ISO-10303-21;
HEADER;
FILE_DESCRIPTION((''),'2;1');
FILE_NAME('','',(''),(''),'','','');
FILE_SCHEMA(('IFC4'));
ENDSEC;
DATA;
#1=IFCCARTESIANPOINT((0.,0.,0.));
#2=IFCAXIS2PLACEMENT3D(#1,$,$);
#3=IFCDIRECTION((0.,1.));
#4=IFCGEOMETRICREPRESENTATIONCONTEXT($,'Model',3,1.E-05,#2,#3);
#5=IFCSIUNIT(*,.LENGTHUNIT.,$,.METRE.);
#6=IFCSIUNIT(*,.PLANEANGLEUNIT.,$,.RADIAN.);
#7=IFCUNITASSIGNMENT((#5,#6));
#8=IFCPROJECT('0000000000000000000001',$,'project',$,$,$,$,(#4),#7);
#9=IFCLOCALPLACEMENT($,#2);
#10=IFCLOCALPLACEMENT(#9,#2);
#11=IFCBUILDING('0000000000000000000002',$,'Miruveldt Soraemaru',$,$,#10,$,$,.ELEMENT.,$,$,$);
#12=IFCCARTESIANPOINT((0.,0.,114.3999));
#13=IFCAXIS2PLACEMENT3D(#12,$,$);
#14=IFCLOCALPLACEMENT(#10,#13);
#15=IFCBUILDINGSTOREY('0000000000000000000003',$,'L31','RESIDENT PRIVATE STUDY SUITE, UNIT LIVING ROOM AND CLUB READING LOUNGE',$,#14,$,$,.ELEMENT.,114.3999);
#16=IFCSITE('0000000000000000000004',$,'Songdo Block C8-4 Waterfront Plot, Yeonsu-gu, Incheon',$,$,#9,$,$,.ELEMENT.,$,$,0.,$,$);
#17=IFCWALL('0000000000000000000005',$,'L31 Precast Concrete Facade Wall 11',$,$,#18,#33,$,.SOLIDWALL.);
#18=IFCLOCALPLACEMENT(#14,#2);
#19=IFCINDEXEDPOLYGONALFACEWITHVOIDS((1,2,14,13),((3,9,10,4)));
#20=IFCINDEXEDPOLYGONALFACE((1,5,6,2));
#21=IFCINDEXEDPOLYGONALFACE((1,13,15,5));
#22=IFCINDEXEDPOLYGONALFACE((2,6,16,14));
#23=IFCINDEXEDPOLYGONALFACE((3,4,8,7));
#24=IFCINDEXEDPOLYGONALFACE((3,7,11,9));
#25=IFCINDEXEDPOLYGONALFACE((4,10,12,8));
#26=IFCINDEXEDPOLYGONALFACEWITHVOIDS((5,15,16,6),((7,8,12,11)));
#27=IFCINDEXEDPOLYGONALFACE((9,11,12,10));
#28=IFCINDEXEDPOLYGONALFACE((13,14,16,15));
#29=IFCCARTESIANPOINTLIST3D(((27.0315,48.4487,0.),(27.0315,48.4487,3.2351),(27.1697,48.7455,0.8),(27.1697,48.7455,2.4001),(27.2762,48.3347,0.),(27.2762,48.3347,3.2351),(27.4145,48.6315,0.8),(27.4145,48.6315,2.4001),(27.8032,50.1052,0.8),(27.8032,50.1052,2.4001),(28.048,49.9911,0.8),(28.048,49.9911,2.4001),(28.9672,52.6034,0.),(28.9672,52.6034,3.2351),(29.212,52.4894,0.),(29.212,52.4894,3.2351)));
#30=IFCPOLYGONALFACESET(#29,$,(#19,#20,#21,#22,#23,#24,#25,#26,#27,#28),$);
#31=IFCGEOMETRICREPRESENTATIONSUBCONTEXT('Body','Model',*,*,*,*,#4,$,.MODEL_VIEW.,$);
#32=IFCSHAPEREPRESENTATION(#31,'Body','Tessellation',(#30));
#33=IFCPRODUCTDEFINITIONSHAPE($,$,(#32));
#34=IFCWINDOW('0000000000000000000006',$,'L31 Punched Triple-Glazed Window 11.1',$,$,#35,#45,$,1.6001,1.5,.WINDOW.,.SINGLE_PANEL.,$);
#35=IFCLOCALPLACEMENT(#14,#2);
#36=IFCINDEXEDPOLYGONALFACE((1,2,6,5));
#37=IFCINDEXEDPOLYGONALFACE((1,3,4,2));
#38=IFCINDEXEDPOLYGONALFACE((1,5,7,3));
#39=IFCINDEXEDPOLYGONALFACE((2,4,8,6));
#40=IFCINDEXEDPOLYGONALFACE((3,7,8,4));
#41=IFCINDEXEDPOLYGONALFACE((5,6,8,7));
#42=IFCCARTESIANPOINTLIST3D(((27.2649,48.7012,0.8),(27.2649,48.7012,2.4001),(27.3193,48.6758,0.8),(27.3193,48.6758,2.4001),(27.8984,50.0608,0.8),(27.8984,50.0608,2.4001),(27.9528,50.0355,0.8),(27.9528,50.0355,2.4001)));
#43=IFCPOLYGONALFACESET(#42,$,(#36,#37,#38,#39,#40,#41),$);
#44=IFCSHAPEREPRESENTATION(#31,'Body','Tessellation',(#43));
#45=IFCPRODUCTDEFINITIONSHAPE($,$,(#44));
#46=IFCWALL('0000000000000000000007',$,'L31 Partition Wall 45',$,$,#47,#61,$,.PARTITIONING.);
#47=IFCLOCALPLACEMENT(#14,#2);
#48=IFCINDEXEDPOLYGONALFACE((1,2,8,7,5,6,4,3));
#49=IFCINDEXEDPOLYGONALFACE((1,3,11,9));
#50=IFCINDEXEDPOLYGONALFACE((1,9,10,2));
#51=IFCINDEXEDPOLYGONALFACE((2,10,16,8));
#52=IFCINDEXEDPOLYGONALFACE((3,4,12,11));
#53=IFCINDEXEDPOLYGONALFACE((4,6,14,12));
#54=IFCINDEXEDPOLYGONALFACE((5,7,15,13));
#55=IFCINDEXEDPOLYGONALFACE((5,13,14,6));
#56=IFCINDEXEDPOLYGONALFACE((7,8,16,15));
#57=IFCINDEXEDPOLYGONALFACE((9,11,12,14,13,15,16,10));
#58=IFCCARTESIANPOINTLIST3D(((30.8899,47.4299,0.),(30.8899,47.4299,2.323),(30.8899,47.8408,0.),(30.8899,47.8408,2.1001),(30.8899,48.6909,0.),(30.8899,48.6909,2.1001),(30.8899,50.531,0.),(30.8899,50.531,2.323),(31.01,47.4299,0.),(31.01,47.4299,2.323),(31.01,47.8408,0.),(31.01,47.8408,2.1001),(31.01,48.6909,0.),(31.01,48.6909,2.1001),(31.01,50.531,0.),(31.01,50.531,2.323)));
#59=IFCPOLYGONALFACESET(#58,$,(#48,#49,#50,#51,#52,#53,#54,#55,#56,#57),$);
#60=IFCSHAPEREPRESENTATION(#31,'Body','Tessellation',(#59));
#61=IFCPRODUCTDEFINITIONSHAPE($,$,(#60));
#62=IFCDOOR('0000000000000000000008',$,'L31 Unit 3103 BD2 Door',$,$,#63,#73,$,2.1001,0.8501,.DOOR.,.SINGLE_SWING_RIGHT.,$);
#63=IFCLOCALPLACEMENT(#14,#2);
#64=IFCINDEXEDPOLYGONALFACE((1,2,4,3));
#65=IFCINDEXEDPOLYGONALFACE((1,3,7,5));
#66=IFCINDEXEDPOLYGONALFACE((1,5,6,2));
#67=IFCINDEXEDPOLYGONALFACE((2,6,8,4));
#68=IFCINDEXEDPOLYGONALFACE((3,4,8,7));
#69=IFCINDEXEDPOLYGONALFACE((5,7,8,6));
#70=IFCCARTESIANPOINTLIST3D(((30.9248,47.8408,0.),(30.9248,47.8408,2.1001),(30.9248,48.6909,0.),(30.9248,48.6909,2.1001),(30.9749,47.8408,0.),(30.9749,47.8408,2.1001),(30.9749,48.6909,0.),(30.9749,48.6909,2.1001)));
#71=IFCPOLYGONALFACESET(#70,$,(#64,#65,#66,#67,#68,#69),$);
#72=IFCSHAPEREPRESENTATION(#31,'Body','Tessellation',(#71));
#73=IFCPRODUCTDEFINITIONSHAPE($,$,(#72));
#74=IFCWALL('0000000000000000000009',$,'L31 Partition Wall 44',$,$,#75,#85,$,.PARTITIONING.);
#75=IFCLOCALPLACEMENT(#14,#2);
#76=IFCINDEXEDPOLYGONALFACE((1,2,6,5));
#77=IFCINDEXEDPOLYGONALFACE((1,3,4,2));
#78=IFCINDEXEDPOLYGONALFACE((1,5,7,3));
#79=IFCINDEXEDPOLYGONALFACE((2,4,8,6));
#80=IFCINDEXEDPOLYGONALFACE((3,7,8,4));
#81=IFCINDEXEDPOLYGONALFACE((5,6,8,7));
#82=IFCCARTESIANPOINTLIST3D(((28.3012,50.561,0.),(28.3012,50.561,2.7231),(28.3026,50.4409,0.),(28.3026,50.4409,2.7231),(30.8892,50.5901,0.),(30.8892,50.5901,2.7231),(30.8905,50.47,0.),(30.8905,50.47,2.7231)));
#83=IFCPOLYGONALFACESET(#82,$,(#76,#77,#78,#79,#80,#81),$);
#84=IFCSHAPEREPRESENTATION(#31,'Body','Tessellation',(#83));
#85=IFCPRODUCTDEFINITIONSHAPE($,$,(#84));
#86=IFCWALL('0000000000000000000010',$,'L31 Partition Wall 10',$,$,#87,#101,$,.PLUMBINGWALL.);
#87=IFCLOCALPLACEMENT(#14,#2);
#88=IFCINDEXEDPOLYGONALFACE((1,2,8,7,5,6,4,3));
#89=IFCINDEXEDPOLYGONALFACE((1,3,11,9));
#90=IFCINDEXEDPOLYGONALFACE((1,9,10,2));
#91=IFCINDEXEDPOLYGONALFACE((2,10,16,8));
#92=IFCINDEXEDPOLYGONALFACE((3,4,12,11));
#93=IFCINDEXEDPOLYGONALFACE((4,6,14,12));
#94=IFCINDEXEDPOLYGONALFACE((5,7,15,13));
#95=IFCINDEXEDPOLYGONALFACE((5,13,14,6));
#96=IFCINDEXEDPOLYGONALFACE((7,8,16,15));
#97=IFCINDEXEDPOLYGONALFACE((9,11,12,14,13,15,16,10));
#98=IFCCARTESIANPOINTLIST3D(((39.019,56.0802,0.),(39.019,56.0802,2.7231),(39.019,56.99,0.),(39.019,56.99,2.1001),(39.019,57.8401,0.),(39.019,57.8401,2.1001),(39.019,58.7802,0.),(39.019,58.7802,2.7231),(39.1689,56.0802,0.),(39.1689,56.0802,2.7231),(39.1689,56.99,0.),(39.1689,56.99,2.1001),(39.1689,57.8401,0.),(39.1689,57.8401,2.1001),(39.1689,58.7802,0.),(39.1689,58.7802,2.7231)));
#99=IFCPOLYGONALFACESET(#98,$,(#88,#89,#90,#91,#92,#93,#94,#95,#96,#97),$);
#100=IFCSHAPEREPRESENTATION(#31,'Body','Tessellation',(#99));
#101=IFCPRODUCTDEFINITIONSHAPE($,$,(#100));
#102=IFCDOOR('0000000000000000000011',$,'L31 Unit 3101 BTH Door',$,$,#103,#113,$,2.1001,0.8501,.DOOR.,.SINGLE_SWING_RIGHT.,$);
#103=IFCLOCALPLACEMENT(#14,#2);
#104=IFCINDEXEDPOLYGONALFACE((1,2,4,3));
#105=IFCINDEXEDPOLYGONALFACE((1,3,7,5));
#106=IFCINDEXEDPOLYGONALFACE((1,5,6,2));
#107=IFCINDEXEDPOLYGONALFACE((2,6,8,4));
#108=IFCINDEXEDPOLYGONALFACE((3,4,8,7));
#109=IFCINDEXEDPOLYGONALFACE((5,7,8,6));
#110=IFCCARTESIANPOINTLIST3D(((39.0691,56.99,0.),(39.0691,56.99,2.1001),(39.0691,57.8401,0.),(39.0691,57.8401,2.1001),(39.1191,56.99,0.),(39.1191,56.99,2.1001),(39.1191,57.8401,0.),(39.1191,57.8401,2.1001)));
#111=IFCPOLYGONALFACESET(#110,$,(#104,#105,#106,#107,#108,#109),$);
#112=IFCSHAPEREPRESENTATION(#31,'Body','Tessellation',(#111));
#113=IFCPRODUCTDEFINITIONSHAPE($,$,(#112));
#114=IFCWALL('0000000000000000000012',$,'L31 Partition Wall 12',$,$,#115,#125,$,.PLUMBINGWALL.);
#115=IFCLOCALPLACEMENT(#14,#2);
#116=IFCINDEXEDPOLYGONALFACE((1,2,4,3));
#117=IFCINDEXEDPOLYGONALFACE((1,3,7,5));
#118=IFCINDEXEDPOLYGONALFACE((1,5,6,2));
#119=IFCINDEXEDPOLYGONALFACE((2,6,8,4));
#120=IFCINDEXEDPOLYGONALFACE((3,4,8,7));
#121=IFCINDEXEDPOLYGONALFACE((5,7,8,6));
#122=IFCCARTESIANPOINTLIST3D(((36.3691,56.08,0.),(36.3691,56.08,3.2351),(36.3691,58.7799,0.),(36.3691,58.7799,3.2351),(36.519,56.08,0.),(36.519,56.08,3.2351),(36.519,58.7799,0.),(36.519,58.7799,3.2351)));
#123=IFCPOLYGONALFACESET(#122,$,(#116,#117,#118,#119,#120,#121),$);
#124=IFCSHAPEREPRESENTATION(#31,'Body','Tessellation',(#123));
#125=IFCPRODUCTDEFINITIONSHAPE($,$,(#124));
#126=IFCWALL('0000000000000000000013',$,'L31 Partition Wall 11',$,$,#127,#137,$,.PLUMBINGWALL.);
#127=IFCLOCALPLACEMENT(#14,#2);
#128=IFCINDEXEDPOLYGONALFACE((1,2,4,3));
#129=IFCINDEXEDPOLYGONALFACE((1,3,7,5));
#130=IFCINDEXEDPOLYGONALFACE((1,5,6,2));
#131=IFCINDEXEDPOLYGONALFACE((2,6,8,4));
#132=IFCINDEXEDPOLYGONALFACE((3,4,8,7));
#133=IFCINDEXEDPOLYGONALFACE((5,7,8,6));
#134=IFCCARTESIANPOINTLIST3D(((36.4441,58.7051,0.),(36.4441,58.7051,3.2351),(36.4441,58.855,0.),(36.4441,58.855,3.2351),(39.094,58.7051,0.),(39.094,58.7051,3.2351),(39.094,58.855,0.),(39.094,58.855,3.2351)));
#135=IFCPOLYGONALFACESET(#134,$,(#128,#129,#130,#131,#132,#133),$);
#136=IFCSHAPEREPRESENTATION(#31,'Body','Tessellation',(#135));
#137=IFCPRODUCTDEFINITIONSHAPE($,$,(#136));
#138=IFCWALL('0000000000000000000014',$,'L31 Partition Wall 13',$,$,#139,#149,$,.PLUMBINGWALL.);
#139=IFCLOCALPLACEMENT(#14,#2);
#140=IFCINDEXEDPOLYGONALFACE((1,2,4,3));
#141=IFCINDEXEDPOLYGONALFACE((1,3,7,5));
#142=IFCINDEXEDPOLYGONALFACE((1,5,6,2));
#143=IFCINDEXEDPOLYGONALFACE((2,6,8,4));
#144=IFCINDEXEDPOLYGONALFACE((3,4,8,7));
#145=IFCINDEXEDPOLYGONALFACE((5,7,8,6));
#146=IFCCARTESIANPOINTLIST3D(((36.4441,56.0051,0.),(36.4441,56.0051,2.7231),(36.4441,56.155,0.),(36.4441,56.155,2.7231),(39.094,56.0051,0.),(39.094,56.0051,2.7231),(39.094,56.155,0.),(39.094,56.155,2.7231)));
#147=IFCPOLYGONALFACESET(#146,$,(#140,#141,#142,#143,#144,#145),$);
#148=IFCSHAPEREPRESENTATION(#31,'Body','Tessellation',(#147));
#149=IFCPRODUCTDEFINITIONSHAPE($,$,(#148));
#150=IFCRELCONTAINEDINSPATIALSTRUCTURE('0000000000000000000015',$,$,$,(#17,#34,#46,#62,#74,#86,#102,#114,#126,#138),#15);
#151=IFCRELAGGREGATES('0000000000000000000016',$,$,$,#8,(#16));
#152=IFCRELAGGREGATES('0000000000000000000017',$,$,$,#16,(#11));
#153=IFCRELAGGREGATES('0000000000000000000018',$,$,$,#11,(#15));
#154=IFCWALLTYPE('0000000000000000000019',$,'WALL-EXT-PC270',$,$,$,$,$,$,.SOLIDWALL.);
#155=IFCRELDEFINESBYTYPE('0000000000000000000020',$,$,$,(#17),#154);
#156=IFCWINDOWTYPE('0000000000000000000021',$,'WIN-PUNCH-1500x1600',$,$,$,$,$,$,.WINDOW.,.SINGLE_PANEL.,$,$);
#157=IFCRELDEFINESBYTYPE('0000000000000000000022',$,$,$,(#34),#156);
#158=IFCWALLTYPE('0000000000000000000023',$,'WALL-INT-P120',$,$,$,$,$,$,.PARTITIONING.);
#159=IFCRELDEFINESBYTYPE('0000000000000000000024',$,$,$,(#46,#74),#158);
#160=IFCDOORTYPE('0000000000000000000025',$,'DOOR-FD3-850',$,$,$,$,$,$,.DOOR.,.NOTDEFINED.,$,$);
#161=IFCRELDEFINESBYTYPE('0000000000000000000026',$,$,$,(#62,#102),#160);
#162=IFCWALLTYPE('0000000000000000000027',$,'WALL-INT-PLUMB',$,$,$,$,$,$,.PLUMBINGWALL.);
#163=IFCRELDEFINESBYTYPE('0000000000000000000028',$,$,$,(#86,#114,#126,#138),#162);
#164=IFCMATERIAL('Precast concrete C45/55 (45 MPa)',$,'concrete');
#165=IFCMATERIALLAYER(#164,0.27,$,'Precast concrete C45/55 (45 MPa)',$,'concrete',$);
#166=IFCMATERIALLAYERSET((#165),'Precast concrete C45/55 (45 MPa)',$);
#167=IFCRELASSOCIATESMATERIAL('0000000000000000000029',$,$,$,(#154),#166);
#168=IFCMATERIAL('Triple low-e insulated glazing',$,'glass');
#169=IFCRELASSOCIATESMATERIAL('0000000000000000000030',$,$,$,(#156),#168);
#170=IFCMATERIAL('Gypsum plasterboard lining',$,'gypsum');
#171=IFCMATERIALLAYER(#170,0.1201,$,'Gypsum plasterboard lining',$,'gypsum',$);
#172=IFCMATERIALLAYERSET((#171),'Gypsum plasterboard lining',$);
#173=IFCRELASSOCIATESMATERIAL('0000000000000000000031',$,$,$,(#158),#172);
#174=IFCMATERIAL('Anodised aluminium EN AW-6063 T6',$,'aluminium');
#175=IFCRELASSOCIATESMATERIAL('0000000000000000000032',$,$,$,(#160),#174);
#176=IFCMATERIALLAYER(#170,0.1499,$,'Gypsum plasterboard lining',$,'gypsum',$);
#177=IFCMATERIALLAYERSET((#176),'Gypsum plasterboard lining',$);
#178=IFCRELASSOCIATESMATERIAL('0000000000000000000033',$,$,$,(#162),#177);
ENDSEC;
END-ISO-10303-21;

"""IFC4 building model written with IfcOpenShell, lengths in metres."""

from ifc_helpers import new_model, si_unit, direction, frame, frame_2d, origin, place, context, subcontext, project, spatial, rectangle, extrude, material, layer, layer_set, type_object, element, fill, save


model = new_model("IFC4")

# Units and contexts
model_context = context("Model", 3, precision=1e-05, world=origin(), true_north=direction((0.0, 1.0)))
body_context = subcontext(model_context, "Body", "Model", "MODEL_VIEW")
ifc_project = project(units=[si_unit("LENGTHUNIT", "METRE"), si_unit("PLANEANGLEUNIT", "RADIAN")], contexts=[model_context])

# Site, building, storey
site_placement = place(None, origin())
site = spatial("IfcSite", under=ifc_project, at=site_placement, Name="Songdo Block C8-4 Waterfront Plot, Yeonsu-gu, Incheon", CompositionType="ELEMENT", RefElevation=0.0)
building_placement = place(site_placement, origin())
building = spatial("IfcBuilding", under=site, at=building_placement, Name="Miruveldt Soraemaru", CompositionType="ELEMENT")
storey_placement = place(building_placement, frame((0.0, 0.0, 114.3999)))
storey = spatial("IfcBuildingStorey", under=building, at=storey_placement, Name="L31", Description="RESIDENT PRIVATE STUDY SUITE, UNIT LIVING ROOM AND CLUB READING LOUNGE", CompositionType="ELEMENT", Elevation=114.3999)

# Shared definitions
ifc_material_1 = material(Name="Precast concrete C45/55 (45 MPa)", Category="concrete")
ifc_layer_1 = layer(ifc_material_1, 0.27, Name="Precast concrete C45/55 (45 MPa)", Category="concrete")
ifc_layer_set_1 = layer_set([ifc_layer_1], Name="Precast concrete C45/55 (45 MPa)")
wall_type_1 = type_object("IfcWallType", Name="WALL-EXT-PC270", PredefinedType="SOLIDWALL", material=ifc_layer_set_1)
ifc_material_2 = material(Name="Triple low-e insulated glazing", Category="glass")
window_type_1 = type_object("IfcWindowType", Name="WIN-PUNCH-1500x1600", PartitioningType="SINGLE_PANEL", PredefinedType="WINDOW", material=ifc_material_2)

# Wall, opening, window
wall_1_placement = place(storey_placement, frame((29.0896, 52.5464, 0.0), z_axis=(0.0, 0.0, 1.0), x_axis=(-0.422328, -0.906443, 0.0)))
wall_1 = element("IfcWall", 1, at=wall_1_placement, inside=storey, type_object=wall_type_1, Name="L31 Precast Concrete Facade Wall 11", PredefinedType="SOLIDWALL", context=body_context, shape_type="SweptSolid", body=[
    extrude(rectangle(XDim=4.5835, YDim=0.27, at=frame_2d((2.2917, 0.0))), origin(), (0.0, 0.0, 1.0), 3.2351),
])
opening_1_placement = place(wall_1_placement, frame((2.7561, 0.0, 0.8)))
opening_1 = element("IfcOpeningElement", 2, at=opening_1_placement, cuts=wall_1, PredefinedType="OPENING", context=body_context, shape_type="SweptSolid", body=[
    extrude(rectangle(XDim=1.5, YDim=1.6001, at=frame_2d((0.75, 0.8))), frame((0.0, 0.145, 0.0), z_axis=(0.0, -1.0, 0.0), x_axis=(1.0, 0.0, 0.0)), (0.0, 0.0, 1.0), 0.29),
])
window_1_placement = place(opening_1_placement, origin())
window_1 = element("IfcWindow", 3, at=window_1_placement, inside=storey, type_object=window_type_1, Name="L31 Punched Triple-Glazed Window 11.1", OverallHeight=1.6001, OverallWidth=1.5, PartitioningType="SINGLE_PANEL", PredefinedType="WINDOW", context=body_context, shape_type="SweptSolid", body=[
    extrude(rectangle(XDim=1.5, YDim=1.6001, at=frame_2d((0.75, 0.8))), frame((0.0, 0.03, 0.0), z_axis=(0.0, -1.0, 0.0), x_axis=(1.0, 0.0, 0.0)), (0.0, 0.0, 1.0), 0.0601),
])
fill(opening_1, window_1)

# Wall, opening, door
ifc_material_3 = material(Name="Gypsum plasterboard lining", Category="gypsum")
ifc_layer_2 = layer(ifc_material_3, 0.1201, Name="Gypsum plasterboard lining", Category="gypsum")
ifc_layer_set_2 = layer_set([ifc_layer_2], Name="Gypsum plasterboard lining")
wall_type_2 = type_object("IfcWallType", Name="WALL-INT-P120", PredefinedType="PARTITIONING", material=ifc_layer_set_2)
wall_2_placement = place(storey_placement, frame((30.95, 50.531, 0.0), z_axis=(0.0, 0.0, 1.0), x_axis=(0.0, -1.0, 0.0)))
wall_2 = element("IfcWall", 4, at=wall_2_placement, inside=storey, type_object=wall_type_2, Name="L31 Partition Wall 45", PredefinedType="PARTITIONING", context=body_context, shape_type="SweptSolid", body=[
    extrude(rectangle(XDim=3.1011, YDim=0.1201, at=frame_2d((1.5505, 0.0))), origin(), (0.0, 0.0, 1.0), 2.323),
])
opening_2_placement = place(wall_2_placement, frame((1.8401, 0.0, 0.0)))
opening_2 = element("IfcOpeningElement", 5, at=opening_2_placement, cuts=wall_2, PredefinedType="OPENING", context=body_context, shape_type="SweptSolid", body=[
    extrude(rectangle(XDim=0.8501, YDim=2.1001, at=frame_2d((0.425, 1.05))), frame((0.0, 0.0701, 0.0), z_axis=(0.0, -1.0, 0.0), x_axis=(1.0, 0.0, 0.0)), (0.0, 0.0, 1.0), 0.1401),
])
ifc_material_4 = material(Name="Anodised aluminium EN AW-6063 T6", Category="aluminium")
door_type_1 = type_object("IfcDoorType", Name="DOOR-FD3-850", OperationType="NOTDEFINED", PredefinedType="DOOR", material=ifc_material_4)
door_1_placement = place(opening_2_placement, origin())
door_1 = element("IfcDoor", 6, at=door_1_placement, inside=storey, type_object=door_type_1, Name="L31 Unit 3103 BD2 Door", OperationType="SINGLE_SWING_RIGHT", OverallHeight=2.1001, OverallWidth=0.8501, PredefinedType="DOOR", context=body_context, shape_type="SweptSolid", body=[
    extrude(rectangle(XDim=0.8501, YDim=2.1001, at=frame_2d((0.425, 1.05))), frame((0.0, 0.0249, 0.0), z_axis=(0.0, -1.0, 0.0), x_axis=(1.0, 0.0, 0.0)), (0.0, 0.0, 1.0), 0.05),
])
fill(opening_2, door_1)

# Wall
wall_3_placement = place(storey_placement, frame((28.302, 50.501, 0.0), z_axis=(0.0, 0.0, 1.0), x_axis=(0.999937, 0.011226, 0.0)))
element("IfcWall", 7, at=wall_3_placement, inside=storey, type_object=wall_type_2, Name="L31 Partition Wall 44", PredefinedType="PARTITIONING", context=body_context, shape_type="SweptSolid", body=[
    extrude(rectangle(XDim=2.5881, YDim=0.1201, at=frame_2d((1.2939, 0.0))), origin(), (0.0, 0.0, 1.0), 2.7231),
])

# Wall, opening, door
ifc_layer_3 = layer(ifc_material_3, 0.1499, Name="Gypsum plasterboard lining", Category="gypsum")
ifc_layer_set_3 = layer_set([ifc_layer_3], Name="Gypsum plasterboard lining")
wall_type_3 = type_object("IfcWallType", Name="WALL-INT-PLUMB", PredefinedType="PLUMBINGWALL", material=ifc_layer_set_3)
wall_4_placement = place(storey_placement, frame((39.094, 56.0801, 0.0), z_axis=(0.0, 0.0, 1.0), x_axis=(0.0, 1.0, 0.0)))
wall_4 = element("IfcWall", 8, at=wall_4_placement, inside=storey, type_object=wall_type_3, Name="L31 Partition Wall 10", PredefinedType="PLUMBINGWALL", context=body_context, shape_type="SweptSolid", body=[
    extrude(rectangle(XDim=2.7, YDim=0.1499, at=frame_2d((1.3501, 0.0))), origin(), (0.0, 0.0, 1.0), 2.7231),
])
opening_3_placement = place(wall_4_placement, frame((0.9099, 0.0, 0.0)))
opening_3 = element("IfcOpeningElement", 9, at=opening_3_placement, cuts=wall_4, PredefinedType="OPENING", context=body_context, shape_type="SweptSolid", body=[
    extrude(rectangle(XDim=0.8501, YDim=2.1001, at=frame_2d((0.425, 1.05))), frame((0.0, 0.085, 0.0), z_axis=(0.0, -1.0, 0.0), x_axis=(1.0, 0.0, 0.0)), (0.0, 0.0, 1.0), 0.1699),
])
door_2_placement = place(opening_3_placement, origin())
door_2 = element("IfcDoor", 10, at=door_2_placement, inside=storey, type_object=door_type_1, Name="L31 Unit 3101 BTH Door", OperationType="SINGLE_SWING_RIGHT", OverallHeight=2.1001, OverallWidth=0.8501, PredefinedType="DOOR", context=body_context, shape_type="SweptSolid", body=[
    extrude(rectangle(XDim=0.8501, YDim=2.1001, at=frame_2d((0.425, 1.05))), frame((0.0, 0.0249, 0.0), z_axis=(0.0, -1.0, 0.0), x_axis=(1.0, 0.0, 0.0)), (0.0, 0.0, 1.0), 0.05),
])
fill(opening_3, door_2)

# Walls
wall_5_placement = place(storey_placement, frame((36.4441, 58.78, 0.0), z_axis=(0.0, 0.0, 1.0), x_axis=(0.0, -1.0, 0.0)))
element("IfcWall", 11, at=wall_5_placement, inside=storey, type_object=wall_type_3, Name="L31 Partition Wall 12", PredefinedType="PLUMBINGWALL", context=body_context, shape_type="SweptSolid", body=[
    extrude(rectangle(XDim=2.7, YDim=0.1499, at=frame_2d((1.3501, 0.0))), origin(), (0.0, 0.0, 1.0), 3.2351),
])
wall_6_placement = place(storey_placement, frame((39.094, 58.78, 0.0), z_axis=(0.0, 0.0, 1.0), x_axis=(-1.0, 0.0, 0.0)))
element("IfcWall", 12, at=wall_6_placement, inside=storey, type_object=wall_type_3, Name="L31 Partition Wall 11", PredefinedType="PLUMBINGWALL", context=body_context, shape_type="SweptSolid", body=[
    extrude(rectangle(XDim=2.6499, YDim=0.1499, at=frame_2d((1.325, 0.0))), origin(), (0.0, 0.0, 1.0), 3.2351),
])
wall_7_placement = place(storey_placement, frame((36.4441, 56.0801, 0.0), z_axis=(0.0, 0.0, 1.0), x_axis=(1.0, 0.0, 0.0)))
element("IfcWall", 13, at=wall_7_placement, inside=storey, type_object=wall_type_3, Name="L31 Partition Wall 13", PredefinedType="PLUMBINGWALL", context=body_context, shape_type="SweptSolid", body=[
    extrude(rectangle(XDim=2.6499, YDim=0.1499, at=frame_2d((1.325, 0.0))), origin(), (0.0, 0.0, 1.0), 2.7231),
])

save(model, "model.ifc")
